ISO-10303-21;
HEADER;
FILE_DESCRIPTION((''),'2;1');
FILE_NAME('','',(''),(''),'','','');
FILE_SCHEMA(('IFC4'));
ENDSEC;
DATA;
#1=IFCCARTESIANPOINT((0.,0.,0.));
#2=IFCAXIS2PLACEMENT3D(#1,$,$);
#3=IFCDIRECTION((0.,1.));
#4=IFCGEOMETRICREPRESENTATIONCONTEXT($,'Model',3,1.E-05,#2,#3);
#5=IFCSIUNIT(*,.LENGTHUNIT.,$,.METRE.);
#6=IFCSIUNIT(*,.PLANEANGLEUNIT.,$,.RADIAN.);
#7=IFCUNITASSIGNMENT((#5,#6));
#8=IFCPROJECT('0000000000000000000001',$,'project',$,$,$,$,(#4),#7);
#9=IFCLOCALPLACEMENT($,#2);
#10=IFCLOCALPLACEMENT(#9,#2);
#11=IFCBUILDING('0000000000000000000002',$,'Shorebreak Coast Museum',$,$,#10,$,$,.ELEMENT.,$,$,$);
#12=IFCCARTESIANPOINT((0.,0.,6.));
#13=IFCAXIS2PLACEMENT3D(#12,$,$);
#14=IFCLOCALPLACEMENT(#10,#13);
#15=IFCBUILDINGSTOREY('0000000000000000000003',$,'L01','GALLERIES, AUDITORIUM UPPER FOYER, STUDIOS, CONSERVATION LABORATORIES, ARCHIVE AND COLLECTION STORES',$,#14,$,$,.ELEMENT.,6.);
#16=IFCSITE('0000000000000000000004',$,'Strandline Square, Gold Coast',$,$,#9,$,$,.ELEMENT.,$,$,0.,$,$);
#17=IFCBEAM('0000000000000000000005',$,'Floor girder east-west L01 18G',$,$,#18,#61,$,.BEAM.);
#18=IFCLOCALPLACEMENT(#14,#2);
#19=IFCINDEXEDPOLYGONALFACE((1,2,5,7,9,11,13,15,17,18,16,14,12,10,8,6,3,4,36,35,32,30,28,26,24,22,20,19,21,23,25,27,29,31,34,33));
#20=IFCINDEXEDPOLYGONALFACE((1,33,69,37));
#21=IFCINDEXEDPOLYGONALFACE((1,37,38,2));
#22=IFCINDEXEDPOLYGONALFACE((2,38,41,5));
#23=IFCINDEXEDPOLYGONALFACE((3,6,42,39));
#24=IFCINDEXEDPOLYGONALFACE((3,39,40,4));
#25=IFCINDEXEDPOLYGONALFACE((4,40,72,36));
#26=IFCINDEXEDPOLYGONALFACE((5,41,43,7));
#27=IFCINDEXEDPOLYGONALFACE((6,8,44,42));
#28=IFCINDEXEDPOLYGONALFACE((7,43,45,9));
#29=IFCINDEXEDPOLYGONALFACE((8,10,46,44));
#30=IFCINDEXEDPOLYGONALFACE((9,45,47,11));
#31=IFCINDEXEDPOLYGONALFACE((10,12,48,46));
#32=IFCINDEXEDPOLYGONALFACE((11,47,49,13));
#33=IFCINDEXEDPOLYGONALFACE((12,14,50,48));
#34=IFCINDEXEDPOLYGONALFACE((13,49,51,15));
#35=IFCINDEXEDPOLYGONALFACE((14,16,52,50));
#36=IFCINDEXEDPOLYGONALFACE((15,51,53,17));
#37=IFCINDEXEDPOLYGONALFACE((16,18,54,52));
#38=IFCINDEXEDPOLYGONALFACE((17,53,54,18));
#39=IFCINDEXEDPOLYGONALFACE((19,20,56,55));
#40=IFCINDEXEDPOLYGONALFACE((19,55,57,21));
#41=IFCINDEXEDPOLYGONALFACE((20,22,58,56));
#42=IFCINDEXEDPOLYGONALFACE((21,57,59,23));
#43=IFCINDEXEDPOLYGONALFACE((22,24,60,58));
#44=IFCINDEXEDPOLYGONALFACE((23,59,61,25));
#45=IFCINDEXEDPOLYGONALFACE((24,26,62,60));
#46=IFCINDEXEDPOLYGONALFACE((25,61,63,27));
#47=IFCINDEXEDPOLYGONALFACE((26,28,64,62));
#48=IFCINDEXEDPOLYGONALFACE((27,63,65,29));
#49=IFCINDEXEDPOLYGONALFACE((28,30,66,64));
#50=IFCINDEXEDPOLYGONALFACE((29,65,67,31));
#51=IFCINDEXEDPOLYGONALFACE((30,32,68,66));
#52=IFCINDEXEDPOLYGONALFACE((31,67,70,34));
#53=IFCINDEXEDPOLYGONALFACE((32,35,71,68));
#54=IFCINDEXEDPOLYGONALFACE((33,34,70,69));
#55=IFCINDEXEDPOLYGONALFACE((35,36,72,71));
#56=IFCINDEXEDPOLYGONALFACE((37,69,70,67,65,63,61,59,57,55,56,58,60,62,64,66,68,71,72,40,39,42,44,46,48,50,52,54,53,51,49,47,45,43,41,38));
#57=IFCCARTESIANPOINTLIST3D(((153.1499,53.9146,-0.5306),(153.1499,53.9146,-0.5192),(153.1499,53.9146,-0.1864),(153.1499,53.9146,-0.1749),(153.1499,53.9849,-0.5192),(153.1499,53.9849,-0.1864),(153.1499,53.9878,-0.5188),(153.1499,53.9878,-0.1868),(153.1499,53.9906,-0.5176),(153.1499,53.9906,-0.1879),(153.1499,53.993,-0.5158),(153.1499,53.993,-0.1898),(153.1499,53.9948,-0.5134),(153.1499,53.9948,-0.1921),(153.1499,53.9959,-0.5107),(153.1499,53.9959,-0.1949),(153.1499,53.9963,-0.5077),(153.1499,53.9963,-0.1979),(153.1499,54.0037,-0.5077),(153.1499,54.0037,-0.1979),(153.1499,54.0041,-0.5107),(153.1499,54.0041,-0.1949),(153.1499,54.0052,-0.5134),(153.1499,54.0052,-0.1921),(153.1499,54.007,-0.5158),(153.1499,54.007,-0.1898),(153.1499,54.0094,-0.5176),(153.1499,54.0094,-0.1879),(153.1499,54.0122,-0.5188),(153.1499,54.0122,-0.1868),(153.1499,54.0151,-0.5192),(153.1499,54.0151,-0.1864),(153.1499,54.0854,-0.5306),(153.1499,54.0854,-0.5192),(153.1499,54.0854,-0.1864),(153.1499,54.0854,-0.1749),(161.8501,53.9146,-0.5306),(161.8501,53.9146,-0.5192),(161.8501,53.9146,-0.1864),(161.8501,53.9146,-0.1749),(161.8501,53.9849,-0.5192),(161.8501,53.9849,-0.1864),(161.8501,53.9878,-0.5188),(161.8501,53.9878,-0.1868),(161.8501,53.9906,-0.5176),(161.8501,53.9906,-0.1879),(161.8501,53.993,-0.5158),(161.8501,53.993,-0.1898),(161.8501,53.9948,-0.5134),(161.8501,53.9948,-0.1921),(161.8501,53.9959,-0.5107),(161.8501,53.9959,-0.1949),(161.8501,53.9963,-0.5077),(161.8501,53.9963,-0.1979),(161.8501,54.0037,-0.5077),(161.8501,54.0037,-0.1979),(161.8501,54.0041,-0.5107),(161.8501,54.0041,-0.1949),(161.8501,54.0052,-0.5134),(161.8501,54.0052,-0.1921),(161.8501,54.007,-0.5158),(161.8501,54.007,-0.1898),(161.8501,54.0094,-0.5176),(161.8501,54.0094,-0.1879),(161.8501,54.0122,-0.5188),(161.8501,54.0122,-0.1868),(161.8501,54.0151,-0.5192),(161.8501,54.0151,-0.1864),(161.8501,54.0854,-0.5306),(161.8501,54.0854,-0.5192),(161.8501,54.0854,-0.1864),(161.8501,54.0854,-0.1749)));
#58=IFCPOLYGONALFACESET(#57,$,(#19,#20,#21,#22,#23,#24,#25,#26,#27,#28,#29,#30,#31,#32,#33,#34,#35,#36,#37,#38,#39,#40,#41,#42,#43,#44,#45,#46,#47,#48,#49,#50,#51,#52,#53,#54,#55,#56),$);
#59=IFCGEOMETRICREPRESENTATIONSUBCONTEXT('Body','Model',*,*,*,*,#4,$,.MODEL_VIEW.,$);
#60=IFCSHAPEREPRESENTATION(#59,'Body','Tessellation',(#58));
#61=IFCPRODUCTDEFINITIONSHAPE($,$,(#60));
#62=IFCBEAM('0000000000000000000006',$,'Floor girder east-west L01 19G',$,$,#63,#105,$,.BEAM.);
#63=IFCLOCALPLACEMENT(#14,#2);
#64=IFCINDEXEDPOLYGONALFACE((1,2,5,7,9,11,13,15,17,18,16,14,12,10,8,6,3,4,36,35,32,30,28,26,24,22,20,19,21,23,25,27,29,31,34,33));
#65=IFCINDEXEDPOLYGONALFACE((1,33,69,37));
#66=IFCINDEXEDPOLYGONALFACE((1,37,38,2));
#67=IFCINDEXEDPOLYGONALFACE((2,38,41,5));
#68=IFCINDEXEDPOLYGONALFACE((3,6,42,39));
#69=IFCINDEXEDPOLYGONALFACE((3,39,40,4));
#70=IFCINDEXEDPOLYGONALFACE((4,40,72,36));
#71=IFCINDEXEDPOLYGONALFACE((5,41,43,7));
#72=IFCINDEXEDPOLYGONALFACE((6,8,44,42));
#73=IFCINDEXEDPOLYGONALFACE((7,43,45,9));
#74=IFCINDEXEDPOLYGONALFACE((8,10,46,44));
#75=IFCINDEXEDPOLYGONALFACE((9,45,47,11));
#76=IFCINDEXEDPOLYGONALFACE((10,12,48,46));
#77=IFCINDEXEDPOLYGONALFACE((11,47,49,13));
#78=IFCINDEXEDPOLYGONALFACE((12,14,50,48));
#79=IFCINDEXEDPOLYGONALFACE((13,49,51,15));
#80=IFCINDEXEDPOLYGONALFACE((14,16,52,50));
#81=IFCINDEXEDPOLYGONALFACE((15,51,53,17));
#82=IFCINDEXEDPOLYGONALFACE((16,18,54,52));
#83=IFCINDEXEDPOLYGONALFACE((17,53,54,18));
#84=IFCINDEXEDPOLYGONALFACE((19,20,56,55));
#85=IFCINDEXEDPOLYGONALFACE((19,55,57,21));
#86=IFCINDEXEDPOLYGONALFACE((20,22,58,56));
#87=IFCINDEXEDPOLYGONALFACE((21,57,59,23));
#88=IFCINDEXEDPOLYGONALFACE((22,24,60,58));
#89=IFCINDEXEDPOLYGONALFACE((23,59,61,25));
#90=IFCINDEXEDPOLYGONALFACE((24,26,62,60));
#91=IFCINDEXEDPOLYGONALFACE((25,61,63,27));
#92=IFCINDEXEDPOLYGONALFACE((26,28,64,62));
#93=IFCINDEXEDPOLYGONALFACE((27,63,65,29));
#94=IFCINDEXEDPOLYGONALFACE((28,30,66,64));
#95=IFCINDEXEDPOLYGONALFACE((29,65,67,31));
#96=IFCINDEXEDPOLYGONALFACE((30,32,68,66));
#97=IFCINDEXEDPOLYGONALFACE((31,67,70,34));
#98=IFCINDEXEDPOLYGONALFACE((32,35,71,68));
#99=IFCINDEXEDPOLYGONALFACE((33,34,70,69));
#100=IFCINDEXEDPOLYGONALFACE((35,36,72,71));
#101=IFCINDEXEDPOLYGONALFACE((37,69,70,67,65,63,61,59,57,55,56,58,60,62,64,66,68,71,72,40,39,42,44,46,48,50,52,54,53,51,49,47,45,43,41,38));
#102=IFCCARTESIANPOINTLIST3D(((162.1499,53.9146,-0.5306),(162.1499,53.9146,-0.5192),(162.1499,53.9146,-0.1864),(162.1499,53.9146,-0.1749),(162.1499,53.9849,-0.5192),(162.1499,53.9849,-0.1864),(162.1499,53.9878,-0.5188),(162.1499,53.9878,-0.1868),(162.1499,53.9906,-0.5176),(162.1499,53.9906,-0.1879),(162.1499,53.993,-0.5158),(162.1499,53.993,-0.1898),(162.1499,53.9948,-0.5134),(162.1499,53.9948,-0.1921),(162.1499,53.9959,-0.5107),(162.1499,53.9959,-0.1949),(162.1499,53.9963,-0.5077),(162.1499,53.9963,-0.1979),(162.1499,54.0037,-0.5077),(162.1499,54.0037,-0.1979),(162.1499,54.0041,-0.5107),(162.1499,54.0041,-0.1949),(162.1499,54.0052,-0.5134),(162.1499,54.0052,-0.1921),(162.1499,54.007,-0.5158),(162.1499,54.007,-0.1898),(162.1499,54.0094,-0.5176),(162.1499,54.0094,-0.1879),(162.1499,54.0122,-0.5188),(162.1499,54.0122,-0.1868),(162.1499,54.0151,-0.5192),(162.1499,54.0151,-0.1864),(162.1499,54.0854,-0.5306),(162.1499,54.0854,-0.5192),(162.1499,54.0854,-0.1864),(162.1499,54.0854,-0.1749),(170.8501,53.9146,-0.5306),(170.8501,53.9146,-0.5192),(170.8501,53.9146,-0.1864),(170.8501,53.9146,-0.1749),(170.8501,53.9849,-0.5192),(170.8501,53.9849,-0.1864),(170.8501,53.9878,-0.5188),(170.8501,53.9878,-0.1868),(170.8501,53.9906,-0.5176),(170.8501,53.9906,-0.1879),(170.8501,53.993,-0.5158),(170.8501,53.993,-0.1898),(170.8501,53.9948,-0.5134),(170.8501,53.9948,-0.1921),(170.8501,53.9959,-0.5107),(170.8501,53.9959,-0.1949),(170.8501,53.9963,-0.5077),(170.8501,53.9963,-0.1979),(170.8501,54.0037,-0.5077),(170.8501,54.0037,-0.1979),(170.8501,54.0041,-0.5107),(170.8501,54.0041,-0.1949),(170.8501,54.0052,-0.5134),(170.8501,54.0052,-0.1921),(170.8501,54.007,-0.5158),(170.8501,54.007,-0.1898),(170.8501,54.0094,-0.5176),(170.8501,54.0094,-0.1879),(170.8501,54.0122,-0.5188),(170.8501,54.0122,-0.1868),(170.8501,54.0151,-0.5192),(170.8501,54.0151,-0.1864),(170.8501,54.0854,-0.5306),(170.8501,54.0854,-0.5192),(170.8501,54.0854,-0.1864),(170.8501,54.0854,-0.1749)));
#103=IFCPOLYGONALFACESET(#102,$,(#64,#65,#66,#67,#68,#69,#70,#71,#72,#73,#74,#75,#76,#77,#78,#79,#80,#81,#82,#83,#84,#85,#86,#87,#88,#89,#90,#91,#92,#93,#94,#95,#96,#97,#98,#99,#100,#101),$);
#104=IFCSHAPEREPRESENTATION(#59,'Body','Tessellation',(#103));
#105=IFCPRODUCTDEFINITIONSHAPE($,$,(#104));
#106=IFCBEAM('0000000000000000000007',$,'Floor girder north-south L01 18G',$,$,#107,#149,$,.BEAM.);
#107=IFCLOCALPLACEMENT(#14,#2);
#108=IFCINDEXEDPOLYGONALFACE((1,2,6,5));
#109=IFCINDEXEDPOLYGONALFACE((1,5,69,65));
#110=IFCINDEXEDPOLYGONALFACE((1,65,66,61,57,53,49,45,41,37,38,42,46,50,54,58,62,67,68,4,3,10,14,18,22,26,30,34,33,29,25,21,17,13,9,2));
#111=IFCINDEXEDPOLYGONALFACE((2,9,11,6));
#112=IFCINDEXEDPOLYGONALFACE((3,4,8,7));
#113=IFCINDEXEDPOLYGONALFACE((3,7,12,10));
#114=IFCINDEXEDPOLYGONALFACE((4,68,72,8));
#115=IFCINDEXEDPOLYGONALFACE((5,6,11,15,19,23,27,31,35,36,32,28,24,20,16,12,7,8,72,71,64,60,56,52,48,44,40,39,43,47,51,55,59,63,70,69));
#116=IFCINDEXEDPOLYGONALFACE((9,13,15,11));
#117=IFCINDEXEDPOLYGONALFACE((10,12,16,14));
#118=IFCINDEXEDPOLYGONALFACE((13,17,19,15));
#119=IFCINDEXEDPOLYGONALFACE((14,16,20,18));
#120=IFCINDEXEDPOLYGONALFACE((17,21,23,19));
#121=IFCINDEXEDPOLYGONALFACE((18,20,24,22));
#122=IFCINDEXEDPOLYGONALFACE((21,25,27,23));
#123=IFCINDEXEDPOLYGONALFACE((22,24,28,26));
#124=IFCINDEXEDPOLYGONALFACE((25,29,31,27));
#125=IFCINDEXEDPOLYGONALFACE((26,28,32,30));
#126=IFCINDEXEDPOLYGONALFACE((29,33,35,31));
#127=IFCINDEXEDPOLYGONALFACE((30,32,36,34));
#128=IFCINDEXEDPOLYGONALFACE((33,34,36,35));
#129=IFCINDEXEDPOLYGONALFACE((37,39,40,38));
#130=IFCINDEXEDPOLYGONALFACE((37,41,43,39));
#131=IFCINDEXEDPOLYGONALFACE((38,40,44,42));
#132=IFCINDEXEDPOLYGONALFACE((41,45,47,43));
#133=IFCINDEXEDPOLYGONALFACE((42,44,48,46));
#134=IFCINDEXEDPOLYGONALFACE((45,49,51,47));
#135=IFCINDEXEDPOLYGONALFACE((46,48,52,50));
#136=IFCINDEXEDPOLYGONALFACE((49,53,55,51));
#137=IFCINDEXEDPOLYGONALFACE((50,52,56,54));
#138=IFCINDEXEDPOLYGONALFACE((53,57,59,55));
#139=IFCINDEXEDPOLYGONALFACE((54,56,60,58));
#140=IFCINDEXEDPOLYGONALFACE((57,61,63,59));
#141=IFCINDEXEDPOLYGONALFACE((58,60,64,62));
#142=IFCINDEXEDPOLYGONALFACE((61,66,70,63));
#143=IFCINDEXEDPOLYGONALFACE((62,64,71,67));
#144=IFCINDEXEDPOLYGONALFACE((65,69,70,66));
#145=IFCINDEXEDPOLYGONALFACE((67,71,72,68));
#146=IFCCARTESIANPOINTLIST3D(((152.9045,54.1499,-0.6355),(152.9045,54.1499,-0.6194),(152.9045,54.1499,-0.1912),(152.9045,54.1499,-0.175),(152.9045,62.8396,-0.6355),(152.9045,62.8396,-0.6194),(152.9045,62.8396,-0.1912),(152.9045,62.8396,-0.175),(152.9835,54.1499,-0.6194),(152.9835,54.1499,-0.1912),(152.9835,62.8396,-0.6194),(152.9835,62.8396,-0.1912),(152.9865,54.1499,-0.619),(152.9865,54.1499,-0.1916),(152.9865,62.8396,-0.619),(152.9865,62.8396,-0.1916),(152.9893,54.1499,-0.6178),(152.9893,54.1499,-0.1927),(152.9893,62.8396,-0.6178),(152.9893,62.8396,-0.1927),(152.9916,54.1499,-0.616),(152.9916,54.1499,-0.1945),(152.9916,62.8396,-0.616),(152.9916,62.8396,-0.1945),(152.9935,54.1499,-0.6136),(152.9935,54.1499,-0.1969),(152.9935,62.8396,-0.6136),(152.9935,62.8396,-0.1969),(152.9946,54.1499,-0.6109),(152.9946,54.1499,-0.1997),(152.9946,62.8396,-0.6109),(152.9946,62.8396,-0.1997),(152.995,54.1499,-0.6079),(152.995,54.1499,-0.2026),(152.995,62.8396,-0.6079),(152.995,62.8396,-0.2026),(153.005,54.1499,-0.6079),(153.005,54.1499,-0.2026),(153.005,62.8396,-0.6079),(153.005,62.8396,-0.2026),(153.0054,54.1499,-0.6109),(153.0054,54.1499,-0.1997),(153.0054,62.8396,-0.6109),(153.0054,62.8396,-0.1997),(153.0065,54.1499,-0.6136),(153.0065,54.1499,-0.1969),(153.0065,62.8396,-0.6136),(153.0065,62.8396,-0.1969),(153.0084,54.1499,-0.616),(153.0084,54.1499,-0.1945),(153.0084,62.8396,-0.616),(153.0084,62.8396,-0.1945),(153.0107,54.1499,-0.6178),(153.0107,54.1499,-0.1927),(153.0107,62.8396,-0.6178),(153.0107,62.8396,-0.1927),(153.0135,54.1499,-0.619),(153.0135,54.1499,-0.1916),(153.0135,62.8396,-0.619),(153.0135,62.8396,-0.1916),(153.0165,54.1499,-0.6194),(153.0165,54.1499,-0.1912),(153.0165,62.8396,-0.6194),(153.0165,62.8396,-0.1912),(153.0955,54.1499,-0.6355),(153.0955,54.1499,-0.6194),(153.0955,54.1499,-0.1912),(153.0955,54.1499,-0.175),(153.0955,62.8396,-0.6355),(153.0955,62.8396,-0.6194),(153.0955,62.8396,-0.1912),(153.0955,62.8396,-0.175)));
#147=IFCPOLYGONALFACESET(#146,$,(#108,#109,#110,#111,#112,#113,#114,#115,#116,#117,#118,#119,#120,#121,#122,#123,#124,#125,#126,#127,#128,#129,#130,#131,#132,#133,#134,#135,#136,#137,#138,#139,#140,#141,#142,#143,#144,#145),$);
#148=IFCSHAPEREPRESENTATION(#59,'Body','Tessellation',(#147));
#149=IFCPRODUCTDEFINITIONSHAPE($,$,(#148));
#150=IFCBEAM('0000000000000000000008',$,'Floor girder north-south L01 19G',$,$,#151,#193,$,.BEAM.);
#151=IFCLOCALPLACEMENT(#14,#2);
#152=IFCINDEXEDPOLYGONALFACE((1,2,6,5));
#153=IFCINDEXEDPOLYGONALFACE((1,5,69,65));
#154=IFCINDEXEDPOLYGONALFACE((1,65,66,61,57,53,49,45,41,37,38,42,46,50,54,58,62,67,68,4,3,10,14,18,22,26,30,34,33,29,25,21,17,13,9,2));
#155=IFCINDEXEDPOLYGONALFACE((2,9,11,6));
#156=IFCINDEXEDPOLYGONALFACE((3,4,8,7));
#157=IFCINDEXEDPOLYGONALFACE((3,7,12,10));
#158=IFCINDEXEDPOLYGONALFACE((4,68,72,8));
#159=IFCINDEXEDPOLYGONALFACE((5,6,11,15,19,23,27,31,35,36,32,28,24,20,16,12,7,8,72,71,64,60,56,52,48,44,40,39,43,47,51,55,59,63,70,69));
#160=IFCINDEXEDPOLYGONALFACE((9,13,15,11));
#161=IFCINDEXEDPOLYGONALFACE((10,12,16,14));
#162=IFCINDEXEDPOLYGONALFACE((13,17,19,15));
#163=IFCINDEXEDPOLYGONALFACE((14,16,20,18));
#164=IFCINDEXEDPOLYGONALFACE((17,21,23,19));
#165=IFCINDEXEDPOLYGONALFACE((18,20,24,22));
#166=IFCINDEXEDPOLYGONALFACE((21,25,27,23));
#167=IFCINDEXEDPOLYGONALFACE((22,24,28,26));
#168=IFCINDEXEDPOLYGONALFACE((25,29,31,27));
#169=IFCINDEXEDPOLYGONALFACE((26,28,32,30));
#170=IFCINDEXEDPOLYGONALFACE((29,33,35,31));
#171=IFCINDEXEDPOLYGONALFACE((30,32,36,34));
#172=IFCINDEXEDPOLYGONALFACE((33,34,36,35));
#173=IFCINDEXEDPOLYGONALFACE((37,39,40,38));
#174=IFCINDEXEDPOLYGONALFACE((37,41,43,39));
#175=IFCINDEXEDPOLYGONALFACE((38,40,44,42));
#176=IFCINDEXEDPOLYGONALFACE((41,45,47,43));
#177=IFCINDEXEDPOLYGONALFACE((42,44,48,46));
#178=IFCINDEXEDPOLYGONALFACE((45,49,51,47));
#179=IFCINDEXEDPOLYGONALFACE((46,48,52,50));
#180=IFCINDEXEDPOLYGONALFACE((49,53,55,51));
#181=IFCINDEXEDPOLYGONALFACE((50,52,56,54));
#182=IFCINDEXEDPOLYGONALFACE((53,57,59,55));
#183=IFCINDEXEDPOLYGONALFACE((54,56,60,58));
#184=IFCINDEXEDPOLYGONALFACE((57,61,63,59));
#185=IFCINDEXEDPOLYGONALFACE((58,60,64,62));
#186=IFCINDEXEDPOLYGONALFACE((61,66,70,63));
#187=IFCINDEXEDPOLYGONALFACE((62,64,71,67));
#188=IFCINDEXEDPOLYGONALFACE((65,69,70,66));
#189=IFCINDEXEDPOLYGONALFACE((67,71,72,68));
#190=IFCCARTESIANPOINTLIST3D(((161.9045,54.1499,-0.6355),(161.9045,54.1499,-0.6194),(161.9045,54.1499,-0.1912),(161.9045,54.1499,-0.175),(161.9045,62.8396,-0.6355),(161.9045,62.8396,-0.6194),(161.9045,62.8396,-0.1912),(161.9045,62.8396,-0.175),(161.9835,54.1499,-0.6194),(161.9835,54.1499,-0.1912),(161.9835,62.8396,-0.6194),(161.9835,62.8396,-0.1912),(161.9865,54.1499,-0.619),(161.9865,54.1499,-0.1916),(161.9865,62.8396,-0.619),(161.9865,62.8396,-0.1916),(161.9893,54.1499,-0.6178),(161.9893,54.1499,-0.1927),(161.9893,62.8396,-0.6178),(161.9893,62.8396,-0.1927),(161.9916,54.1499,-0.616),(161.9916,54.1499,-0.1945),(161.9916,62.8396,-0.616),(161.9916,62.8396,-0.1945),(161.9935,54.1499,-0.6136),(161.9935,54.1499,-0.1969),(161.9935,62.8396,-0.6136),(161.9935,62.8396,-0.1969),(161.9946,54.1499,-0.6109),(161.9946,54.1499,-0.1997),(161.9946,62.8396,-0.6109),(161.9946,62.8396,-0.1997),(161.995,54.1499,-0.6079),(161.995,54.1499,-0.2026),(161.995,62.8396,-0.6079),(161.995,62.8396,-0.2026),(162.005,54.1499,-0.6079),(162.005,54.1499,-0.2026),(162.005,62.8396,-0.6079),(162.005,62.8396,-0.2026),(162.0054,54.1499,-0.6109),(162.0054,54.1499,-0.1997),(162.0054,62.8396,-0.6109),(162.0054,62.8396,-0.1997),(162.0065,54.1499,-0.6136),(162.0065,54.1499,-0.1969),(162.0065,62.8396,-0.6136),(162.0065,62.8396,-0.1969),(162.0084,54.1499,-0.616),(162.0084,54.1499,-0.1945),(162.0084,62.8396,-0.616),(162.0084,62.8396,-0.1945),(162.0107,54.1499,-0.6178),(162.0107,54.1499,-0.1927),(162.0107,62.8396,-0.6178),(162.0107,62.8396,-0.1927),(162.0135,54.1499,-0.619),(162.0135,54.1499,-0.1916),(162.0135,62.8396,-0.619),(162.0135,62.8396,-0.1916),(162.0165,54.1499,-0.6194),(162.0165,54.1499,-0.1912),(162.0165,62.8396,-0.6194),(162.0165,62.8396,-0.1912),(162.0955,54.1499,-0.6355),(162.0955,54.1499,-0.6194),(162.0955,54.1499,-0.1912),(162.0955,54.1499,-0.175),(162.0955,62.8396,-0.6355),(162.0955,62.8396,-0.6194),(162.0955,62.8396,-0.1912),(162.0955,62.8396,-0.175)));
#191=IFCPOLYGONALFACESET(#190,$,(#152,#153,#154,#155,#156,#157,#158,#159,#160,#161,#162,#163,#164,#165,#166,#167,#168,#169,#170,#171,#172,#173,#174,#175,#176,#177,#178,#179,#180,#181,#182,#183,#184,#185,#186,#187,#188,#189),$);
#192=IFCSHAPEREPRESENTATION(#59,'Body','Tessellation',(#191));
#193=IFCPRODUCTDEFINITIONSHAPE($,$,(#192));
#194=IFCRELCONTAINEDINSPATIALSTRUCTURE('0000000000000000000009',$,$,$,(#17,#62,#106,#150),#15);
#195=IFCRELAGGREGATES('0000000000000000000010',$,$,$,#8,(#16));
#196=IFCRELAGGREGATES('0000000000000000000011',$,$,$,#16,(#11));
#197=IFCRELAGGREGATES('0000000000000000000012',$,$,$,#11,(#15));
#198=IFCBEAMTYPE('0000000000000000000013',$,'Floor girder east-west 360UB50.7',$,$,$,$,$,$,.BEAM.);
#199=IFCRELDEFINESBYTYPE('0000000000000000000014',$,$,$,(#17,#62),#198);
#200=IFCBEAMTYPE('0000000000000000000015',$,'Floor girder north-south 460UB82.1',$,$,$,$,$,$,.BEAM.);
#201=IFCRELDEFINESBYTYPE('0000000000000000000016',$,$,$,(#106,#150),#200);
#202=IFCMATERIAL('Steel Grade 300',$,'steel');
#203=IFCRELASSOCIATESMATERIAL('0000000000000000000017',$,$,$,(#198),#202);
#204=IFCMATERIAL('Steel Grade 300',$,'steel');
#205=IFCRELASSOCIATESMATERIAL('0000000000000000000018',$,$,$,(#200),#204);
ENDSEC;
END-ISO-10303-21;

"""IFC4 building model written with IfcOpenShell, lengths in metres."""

from ifc_helpers import new_model, si_unit, direction, frame, origin, origin_2d, place, context, subcontext, project, spatial, i_section, extrude, material, material_profile, profile_set, type_object, element, save


model = new_model("IFC4")

# Units and contexts
model_context = context("Model", 3, precision=1e-05, world=origin(), true_north=direction((0.0, 1.0)))
body_context = subcontext(model_context, "Body", "Model", "MODEL_VIEW")
ifc_project = project(units=[si_unit("LENGTHUNIT", "METRE"), si_unit("PLANEANGLEUNIT", "RADIAN")], contexts=[model_context])

# Site, building, storey
site_placement = place(None, origin())
site = spatial("IfcSite", under=ifc_project, at=site_placement, Name="Strandline Square, Gold Coast", CompositionType="ELEMENT", RefElevation=0.0)
building_placement = place(site_placement, origin())
building = spatial("IfcBuilding", under=site, at=building_placement, Name="Shorebreak Coast Museum", CompositionType="ELEMENT")
storey_placement = place(building_placement, frame((0.0, 0.0, 6.0)))
storey = spatial("IfcBuildingStorey", under=building, at=storey_placement, Name="L01", Description="GALLERIES, AUDITORIUM UPPER FOYER, STUDIOS, CONSERVATION LABORATORIES, ARCHIVE AND COLLECTION STORES", CompositionType="ELEMENT", Elevation=6.0)

# Beams
ifc_material_1 = material(Name="Steel Grade 300", Category="steel")
ifc_material_profile_1 = material_profile(ifc_material_1, i_section(OverallWidth=0.1709, OverallDepth=0.3557, WebThickness=0.0073, FlangeThickness=0.0115, FilletRadius=0.0115, at=origin_2d()), Name="360UB50.7")
ifc_profile_set_1 = profile_set([ifc_material_profile_1], Name="Steel Grade 300")
beam_type_1 = type_object("IfcBeamType", Name="Floor girder east-west 360UB50.7", PredefinedType="BEAM", material=ifc_profile_set_1)
for number, where, z_axis, x_axis, name in (
    (1, (153.1499, 54.0, -0.3528), (1.0, 0.0, 0.0), (0.0, 1.0, 0.0), "Floor girder east-west L01 18G"),
    (2, (162.1499, 54.0, -0.3528), (1.0, 0.0, 0.0), (0.0, 1.0, 0.0), "Floor girder east-west L01 19G"),
):
    element("IfcBeam", number, at=place(storey_placement, frame(where, z_axis=z_axis, x_axis=x_axis)), inside=storey, type_object=beam_type_1, Name=name, PredefinedType="BEAM", context=body_context, shape_type="SweptSolid", body=[
        extrude(i_section(OverallWidth=0.1709, OverallDepth=0.3557, WebThickness=0.0073, FlangeThickness=0.0115, FilletRadius=0.0115, at=origin_2d()), origin(), (0.0, 0.0, 1.0), 8.7002),
    ])
ifc_material_2 = material(Name="Steel Grade 300", Category="steel")
ifc_material_profile_2 = material_profile(ifc_material_2, i_section(OverallWidth=0.1909, OverallDepth=0.4604, WebThickness=0.01, FlangeThickness=0.0161, FilletRadius=0.0115, at=origin_2d()), Name="460UB82.1")
ifc_profile_set_2 = profile_set([ifc_material_profile_2], Name="Steel Grade 300")
beam_type_2 = type_object("IfcBeamType", Name="Floor girder north-south 460UB82.1", PredefinedType="BEAM", material=ifc_profile_set_2)
for number, where, z_axis, x_axis, name in (
    (3, (153.0, 54.1499, -0.4053), (0.0, 1.0, 0.0), (-1.0, 0.0, 0.0), "Floor girder north-south L01 18G"),
    (4, (162.0, 54.1499, -0.4053), (0.0, 1.0, 0.0), (-1.0, 0.0, 0.0), "Floor girder north-south L01 19G"),
):
    element("IfcBeam", number, at=place(storey_placement, frame(where, z_axis=z_axis, x_axis=x_axis)), inside=storey, type_object=beam_type_2, Name=name, PredefinedType="BEAM", context=body_context, shape_type="SweptSolid", body=[
        extrude(i_section(OverallWidth=0.1909, OverallDepth=0.4604, WebThickness=0.01, FlangeThickness=0.0161, FilletRadius=0.0115, at=origin_2d()), origin(), (0.0, 0.0, 1.0), 8.6897),
    ])

save(model, "model.ifc")
